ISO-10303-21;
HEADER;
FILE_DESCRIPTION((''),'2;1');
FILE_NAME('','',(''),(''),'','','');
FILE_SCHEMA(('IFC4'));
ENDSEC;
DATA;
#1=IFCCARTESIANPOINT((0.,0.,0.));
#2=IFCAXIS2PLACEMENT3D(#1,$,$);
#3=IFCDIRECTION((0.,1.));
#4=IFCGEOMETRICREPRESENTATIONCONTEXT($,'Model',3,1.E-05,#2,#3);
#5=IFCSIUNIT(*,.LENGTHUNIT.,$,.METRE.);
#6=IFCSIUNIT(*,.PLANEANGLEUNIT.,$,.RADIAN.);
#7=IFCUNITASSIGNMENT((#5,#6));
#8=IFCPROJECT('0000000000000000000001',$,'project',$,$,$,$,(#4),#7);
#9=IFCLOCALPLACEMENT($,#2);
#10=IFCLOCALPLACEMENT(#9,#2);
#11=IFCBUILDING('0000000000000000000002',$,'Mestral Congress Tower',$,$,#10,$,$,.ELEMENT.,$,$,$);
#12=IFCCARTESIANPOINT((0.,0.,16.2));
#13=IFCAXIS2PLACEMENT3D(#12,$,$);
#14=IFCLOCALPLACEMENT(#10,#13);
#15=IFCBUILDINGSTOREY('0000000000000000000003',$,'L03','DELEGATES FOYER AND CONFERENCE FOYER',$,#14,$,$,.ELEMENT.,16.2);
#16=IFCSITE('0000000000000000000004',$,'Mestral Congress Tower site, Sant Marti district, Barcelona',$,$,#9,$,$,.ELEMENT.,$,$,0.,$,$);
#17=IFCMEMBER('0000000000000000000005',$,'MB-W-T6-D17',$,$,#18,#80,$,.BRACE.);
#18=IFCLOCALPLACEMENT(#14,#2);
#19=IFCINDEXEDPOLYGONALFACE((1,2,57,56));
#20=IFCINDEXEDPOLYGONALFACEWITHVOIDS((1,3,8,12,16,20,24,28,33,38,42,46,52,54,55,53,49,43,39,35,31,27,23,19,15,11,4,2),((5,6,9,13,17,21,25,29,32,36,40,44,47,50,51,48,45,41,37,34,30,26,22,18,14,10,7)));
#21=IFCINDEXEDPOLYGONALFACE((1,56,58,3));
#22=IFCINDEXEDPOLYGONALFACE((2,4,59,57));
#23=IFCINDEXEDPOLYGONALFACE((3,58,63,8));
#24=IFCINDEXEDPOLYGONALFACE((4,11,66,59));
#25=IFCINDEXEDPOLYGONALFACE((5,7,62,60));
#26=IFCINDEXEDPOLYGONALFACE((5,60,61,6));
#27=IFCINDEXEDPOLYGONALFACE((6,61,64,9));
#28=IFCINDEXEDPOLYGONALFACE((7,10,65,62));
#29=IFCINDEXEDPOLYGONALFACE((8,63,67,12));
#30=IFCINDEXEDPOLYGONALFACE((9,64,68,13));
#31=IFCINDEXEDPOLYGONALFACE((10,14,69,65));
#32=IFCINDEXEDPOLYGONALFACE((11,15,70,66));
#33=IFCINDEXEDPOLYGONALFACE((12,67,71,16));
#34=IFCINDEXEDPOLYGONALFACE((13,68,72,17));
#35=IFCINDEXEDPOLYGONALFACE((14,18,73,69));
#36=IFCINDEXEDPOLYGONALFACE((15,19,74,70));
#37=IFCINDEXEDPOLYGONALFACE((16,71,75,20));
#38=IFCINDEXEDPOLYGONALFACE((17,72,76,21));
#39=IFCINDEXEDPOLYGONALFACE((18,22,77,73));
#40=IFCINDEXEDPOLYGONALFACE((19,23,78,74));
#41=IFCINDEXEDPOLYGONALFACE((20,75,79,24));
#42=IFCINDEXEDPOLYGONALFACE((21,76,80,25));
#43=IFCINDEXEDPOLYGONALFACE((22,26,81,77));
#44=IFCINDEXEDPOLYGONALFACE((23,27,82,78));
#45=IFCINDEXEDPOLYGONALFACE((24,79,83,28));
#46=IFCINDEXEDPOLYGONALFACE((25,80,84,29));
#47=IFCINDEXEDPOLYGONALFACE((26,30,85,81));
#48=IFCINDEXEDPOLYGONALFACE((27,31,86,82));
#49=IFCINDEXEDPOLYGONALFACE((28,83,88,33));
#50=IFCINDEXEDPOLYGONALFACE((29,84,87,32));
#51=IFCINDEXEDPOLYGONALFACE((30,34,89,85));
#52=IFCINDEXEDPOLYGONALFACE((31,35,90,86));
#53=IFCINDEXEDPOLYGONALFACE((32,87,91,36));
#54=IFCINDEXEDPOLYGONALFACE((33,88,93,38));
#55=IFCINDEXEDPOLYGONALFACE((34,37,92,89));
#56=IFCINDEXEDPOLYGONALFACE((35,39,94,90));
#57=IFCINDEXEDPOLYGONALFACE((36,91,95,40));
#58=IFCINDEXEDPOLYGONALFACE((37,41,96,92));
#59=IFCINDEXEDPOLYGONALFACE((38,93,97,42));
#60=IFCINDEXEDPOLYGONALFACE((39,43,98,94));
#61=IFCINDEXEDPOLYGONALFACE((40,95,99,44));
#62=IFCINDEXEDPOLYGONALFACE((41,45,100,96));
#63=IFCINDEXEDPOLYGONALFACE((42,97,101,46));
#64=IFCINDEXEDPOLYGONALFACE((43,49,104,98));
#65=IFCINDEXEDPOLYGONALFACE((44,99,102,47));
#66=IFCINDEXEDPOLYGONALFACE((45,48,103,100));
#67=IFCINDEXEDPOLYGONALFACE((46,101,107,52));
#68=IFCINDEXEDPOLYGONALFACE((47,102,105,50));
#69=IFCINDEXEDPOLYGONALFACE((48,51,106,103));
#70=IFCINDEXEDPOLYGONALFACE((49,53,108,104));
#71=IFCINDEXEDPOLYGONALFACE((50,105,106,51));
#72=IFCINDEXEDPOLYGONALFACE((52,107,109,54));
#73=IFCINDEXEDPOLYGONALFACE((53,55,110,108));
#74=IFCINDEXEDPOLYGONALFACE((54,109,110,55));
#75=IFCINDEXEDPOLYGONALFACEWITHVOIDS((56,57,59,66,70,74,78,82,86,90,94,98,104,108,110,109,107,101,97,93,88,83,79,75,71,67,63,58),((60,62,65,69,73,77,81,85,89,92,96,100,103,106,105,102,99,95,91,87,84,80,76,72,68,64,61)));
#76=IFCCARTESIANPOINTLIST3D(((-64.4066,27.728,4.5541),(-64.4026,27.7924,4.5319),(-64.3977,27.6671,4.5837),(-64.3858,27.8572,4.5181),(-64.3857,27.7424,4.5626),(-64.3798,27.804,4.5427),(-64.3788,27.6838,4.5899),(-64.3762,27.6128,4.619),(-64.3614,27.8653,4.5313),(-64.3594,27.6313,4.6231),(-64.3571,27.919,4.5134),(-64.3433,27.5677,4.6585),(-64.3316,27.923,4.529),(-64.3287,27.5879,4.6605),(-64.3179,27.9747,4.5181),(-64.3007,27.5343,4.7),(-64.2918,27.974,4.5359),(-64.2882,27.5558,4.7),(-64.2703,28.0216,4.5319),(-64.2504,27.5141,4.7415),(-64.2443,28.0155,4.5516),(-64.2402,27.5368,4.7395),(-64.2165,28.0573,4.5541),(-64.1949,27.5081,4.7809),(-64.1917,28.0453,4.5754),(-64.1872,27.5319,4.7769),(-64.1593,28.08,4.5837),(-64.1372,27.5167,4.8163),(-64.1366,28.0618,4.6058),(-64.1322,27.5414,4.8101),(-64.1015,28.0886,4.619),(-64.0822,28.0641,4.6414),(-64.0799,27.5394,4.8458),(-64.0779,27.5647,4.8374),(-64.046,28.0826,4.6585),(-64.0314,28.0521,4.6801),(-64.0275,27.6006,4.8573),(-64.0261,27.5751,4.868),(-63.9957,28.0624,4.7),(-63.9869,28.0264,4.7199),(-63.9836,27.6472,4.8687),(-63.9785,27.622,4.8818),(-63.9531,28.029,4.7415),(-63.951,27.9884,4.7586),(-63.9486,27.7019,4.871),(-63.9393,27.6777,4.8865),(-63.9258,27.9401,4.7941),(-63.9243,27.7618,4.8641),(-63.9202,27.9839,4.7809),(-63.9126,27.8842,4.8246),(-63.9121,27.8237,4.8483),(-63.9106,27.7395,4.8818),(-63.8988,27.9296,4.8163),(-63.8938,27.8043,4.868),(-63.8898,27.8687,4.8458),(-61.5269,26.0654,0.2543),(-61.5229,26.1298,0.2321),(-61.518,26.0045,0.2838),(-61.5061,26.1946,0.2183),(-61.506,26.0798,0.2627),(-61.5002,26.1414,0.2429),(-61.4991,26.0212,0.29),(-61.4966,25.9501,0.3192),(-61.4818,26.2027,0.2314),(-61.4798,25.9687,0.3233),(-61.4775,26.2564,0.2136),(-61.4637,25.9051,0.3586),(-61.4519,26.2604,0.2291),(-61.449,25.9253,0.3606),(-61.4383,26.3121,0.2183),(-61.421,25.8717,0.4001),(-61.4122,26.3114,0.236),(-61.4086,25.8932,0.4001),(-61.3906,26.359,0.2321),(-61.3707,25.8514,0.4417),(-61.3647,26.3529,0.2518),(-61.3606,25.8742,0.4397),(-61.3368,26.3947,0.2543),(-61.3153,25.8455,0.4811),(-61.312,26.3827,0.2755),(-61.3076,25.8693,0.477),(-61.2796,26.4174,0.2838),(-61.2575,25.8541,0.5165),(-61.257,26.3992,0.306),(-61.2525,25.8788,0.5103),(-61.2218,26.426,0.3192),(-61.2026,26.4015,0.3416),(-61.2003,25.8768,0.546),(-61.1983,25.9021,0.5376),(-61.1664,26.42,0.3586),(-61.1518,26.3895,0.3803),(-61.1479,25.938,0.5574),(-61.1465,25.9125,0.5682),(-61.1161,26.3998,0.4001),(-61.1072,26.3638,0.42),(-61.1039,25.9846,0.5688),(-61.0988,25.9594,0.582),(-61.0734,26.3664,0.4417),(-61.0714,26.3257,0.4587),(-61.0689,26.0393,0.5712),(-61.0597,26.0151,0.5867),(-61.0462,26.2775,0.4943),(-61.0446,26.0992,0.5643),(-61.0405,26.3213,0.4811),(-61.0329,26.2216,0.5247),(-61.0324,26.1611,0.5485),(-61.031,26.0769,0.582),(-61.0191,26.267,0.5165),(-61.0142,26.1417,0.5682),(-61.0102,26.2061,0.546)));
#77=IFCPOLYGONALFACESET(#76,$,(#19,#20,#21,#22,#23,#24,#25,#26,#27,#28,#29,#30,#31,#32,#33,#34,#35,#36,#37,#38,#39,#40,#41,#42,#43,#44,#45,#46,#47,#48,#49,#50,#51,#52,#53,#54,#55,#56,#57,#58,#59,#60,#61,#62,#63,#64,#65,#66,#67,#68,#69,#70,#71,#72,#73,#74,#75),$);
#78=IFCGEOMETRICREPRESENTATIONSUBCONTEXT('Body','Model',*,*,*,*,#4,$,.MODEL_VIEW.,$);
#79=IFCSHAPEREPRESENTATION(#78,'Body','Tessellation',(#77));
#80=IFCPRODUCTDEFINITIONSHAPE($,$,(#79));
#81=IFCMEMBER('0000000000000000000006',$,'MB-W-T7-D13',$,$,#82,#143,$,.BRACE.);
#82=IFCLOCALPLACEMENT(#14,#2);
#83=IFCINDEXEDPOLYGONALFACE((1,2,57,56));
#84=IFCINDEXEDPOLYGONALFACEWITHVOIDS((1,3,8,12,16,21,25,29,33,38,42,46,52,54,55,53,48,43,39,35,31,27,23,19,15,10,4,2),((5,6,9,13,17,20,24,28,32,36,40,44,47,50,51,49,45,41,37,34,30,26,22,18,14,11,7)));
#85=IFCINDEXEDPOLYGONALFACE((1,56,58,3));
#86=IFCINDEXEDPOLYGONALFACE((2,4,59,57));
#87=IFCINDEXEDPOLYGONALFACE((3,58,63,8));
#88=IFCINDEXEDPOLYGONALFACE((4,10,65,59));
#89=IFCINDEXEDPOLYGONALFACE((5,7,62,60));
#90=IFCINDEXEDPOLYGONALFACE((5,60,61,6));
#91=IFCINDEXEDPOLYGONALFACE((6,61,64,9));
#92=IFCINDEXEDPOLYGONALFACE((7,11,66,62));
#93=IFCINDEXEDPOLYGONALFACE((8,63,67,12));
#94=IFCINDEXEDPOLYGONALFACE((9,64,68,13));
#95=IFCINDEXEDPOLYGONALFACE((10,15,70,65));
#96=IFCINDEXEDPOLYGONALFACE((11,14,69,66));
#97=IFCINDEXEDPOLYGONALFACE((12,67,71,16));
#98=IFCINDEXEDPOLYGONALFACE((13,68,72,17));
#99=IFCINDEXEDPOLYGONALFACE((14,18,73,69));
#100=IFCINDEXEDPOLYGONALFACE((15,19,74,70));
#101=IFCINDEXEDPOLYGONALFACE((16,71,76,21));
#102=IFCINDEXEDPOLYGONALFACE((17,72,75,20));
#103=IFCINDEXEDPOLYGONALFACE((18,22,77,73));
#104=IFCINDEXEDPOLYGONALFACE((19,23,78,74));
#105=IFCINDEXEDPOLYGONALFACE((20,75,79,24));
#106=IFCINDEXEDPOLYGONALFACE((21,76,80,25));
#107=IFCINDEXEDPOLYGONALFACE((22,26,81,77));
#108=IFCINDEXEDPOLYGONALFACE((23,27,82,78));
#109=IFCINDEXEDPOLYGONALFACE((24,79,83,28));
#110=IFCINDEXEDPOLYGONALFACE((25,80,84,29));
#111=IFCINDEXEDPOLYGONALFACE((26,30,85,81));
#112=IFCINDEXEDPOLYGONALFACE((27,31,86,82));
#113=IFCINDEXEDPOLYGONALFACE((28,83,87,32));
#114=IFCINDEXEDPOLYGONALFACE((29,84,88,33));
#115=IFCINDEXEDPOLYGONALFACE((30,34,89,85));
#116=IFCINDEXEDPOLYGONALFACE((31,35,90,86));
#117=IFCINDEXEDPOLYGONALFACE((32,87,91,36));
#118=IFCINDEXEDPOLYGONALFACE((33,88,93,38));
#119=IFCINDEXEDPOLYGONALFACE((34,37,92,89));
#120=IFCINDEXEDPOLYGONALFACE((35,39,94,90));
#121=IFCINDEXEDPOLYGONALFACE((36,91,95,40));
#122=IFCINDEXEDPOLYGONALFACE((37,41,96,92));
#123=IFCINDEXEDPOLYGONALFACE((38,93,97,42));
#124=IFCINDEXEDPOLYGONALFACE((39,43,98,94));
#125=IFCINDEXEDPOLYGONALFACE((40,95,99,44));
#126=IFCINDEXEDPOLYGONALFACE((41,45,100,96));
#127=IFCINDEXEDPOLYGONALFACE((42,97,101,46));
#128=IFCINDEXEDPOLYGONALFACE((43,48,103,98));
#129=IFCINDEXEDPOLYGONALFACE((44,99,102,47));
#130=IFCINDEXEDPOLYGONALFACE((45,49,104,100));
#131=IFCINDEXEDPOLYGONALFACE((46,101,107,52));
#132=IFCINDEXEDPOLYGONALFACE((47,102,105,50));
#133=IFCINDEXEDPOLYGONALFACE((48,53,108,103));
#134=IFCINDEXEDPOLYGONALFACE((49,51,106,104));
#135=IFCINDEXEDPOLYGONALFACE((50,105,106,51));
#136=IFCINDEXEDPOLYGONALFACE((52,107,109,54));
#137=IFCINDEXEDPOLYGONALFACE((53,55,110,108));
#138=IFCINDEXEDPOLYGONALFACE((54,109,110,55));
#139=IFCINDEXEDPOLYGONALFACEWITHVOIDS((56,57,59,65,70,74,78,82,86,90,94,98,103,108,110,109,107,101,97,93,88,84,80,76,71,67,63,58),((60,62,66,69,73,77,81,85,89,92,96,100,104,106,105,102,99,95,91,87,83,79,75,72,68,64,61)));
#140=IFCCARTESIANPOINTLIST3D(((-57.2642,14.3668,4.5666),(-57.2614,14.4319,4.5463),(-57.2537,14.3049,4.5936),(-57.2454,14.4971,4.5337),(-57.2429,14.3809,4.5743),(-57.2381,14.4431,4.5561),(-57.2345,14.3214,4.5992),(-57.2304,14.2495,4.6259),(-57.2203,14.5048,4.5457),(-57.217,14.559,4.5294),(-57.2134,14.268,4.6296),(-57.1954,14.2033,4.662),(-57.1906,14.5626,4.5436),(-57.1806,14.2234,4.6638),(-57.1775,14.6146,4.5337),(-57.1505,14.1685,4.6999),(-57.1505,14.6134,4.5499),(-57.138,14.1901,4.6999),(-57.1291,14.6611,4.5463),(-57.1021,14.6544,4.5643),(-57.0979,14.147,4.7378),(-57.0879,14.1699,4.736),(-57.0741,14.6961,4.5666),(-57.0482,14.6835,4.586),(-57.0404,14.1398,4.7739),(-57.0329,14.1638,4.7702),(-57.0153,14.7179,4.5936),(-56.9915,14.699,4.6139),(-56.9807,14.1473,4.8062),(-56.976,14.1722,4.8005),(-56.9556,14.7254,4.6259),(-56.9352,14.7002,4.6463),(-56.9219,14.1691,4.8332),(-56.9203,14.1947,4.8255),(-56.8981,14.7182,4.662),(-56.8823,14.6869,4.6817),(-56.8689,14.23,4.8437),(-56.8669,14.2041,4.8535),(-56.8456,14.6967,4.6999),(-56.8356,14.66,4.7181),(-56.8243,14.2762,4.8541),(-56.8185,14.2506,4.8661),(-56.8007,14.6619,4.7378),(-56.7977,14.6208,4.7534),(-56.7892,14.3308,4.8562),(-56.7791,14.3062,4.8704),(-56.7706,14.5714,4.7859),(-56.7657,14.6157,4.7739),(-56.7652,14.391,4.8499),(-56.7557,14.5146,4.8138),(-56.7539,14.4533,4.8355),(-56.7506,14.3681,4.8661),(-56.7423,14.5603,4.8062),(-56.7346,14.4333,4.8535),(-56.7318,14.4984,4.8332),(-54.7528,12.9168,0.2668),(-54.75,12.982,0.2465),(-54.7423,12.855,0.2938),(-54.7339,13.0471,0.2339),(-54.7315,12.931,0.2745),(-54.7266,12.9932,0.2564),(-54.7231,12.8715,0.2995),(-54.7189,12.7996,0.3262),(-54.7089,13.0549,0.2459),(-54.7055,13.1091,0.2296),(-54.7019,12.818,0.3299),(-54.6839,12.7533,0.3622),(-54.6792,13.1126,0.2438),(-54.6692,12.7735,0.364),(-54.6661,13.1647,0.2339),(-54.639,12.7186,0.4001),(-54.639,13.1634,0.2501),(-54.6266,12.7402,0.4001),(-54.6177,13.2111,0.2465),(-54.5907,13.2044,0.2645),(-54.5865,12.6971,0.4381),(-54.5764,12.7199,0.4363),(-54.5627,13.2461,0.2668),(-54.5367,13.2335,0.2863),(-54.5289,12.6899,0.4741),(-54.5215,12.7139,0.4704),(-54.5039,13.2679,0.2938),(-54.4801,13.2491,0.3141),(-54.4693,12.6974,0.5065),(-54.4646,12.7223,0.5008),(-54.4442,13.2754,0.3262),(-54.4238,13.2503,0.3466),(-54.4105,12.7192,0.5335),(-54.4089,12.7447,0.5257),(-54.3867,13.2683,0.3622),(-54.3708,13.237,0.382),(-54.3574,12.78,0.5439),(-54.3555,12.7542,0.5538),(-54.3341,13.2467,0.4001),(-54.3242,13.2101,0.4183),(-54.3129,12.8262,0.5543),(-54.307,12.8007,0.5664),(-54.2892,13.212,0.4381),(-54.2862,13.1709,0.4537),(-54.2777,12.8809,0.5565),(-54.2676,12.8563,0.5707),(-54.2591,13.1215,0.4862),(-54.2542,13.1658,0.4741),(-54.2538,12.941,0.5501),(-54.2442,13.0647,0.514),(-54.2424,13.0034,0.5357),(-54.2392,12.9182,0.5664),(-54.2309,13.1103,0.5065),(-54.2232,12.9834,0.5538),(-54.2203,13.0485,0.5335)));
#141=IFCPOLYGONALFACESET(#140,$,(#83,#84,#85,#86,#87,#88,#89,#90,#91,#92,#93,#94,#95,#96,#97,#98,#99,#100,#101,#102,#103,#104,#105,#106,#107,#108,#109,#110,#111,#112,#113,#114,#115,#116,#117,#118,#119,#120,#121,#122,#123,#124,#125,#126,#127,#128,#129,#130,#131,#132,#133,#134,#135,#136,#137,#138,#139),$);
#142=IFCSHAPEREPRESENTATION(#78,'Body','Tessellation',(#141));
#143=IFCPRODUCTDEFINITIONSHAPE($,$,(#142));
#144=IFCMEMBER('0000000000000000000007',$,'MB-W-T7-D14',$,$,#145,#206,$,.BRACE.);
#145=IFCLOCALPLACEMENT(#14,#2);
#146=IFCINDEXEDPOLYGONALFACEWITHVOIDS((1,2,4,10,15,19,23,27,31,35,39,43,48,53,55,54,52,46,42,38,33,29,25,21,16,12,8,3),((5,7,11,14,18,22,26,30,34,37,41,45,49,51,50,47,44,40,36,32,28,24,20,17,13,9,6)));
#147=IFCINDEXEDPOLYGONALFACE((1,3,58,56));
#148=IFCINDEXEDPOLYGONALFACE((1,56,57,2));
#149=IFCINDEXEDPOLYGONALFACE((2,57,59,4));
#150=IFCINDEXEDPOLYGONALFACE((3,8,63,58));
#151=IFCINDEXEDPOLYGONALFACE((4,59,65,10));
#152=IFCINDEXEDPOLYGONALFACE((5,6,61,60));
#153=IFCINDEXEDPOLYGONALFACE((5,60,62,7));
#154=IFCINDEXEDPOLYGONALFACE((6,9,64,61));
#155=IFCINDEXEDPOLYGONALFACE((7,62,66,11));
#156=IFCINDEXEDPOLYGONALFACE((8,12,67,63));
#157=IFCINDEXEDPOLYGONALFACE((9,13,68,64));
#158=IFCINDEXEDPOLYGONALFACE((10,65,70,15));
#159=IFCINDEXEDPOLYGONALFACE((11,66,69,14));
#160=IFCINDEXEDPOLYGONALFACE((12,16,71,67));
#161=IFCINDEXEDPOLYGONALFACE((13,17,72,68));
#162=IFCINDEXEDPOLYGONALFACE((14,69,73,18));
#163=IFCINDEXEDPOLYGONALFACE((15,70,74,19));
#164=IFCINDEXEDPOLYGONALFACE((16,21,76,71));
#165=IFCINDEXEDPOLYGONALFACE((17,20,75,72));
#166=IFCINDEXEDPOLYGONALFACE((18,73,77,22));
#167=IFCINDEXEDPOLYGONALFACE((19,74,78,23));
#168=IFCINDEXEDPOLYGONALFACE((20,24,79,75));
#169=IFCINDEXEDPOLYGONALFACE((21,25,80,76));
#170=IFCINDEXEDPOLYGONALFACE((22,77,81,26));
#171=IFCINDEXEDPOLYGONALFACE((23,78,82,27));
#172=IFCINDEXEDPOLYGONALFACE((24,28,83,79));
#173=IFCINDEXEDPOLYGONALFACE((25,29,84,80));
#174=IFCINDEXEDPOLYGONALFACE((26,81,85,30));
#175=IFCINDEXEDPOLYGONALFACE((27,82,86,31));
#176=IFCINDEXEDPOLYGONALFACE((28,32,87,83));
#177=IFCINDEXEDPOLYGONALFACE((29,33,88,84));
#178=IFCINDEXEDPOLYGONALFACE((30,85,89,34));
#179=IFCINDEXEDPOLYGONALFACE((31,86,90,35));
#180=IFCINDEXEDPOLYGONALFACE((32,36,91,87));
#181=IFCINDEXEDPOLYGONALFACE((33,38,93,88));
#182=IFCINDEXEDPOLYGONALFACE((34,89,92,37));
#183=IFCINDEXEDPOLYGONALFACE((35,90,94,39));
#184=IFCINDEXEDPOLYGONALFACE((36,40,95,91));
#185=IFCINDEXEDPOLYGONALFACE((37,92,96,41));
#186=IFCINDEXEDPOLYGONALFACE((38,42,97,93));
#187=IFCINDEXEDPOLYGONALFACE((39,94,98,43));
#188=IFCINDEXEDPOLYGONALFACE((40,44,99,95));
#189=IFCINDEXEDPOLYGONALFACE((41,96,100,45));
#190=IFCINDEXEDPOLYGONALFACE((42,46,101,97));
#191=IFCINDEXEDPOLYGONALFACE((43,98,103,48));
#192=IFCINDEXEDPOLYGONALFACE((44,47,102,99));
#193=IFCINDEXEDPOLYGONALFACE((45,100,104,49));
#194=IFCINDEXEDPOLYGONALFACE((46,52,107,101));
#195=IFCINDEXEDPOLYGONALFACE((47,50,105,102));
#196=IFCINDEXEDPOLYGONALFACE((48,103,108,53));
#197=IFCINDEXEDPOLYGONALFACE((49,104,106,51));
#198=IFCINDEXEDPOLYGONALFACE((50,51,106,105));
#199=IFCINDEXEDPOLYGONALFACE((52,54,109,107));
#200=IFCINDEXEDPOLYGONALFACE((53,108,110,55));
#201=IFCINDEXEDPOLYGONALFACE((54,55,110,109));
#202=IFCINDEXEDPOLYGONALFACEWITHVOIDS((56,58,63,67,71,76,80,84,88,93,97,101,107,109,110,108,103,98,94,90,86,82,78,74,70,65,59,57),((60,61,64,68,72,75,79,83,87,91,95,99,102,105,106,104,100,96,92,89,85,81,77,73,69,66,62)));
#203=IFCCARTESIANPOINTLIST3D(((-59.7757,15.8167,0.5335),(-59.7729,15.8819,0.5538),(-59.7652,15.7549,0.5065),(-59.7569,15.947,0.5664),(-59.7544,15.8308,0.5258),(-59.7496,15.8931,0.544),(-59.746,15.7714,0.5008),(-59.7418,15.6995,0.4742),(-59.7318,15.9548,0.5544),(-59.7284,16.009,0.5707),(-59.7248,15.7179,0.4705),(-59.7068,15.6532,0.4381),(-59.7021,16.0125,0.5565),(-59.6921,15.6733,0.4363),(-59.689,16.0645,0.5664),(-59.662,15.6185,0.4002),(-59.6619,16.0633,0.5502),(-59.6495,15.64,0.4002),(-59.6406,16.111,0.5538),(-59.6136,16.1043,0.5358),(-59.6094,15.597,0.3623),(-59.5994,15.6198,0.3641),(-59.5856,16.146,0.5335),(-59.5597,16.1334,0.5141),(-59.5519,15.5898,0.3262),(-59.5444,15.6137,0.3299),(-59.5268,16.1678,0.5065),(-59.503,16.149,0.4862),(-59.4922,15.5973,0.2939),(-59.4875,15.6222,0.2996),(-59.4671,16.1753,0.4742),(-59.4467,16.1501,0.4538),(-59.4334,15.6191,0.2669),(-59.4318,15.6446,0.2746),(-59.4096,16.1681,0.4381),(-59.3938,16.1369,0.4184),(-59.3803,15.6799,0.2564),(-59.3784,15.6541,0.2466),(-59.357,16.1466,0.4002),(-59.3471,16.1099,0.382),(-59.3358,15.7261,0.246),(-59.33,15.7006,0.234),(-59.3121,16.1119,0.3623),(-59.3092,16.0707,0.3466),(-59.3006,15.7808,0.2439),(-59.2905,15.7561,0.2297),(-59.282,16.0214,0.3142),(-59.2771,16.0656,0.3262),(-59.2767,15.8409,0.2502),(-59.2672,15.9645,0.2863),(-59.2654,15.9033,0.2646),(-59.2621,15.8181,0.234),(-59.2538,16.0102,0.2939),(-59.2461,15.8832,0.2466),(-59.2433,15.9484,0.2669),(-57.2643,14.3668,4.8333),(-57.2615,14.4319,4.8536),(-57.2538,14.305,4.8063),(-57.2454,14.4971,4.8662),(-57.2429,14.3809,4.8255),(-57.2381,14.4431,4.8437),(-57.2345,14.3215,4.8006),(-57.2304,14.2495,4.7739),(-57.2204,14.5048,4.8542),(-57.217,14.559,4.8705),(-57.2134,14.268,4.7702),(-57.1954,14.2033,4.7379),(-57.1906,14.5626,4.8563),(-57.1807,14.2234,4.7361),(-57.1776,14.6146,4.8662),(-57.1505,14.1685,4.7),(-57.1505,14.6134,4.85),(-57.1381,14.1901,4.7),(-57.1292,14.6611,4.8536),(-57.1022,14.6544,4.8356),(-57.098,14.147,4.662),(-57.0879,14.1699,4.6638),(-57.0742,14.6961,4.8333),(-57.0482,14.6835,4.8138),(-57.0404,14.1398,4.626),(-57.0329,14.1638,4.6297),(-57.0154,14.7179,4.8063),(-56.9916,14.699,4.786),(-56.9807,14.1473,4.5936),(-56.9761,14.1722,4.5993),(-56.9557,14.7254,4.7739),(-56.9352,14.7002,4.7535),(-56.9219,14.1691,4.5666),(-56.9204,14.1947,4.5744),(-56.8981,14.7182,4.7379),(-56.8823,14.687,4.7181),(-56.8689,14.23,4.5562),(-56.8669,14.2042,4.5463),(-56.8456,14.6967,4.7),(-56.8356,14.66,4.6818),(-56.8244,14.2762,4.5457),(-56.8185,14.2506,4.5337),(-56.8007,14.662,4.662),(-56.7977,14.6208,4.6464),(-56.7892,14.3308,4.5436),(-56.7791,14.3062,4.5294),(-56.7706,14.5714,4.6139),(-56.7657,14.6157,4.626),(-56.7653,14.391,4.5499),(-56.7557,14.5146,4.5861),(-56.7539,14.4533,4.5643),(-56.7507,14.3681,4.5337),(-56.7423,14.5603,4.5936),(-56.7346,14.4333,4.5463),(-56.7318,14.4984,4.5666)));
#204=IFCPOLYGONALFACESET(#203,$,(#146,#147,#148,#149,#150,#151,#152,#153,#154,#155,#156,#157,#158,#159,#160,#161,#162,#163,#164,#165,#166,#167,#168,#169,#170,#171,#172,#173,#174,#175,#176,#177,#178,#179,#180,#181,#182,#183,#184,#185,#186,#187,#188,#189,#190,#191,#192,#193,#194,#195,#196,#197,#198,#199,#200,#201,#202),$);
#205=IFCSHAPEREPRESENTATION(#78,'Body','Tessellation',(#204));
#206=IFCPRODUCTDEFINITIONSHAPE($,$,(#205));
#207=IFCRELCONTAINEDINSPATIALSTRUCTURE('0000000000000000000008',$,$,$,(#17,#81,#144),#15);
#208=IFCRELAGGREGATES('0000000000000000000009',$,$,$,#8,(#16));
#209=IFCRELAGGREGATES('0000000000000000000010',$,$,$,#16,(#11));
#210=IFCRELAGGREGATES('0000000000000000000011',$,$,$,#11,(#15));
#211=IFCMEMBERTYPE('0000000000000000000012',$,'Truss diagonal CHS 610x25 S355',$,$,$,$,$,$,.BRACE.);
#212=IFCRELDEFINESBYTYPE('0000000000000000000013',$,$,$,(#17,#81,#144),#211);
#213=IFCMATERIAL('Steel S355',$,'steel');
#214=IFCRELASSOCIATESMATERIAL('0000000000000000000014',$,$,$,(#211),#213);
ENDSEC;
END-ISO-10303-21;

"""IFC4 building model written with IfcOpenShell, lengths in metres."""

from ifc_helpers import new_model, si_unit, direction, frame, origin, origin_2d, place, context, subcontext, project, spatial, hollow_circle, extrude, material, material_profile, profile_set, type_object, element, save


model = new_model("IFC4")

# Units and contexts
model_context = context("Model", 3, precision=1e-05, world=origin(), true_north=direction((0.0, 1.0)))
body_context = subcontext(model_context, "Body", "Model", "MODEL_VIEW")
ifc_project = project(units=[si_unit("LENGTHUNIT", "METRE"), si_unit("PLANEANGLEUNIT", "RADIAN")], contexts=[model_context])

# Site, building, storey
site_placement = place(None, origin())
site = spatial("IfcSite", under=ifc_project, at=site_placement, Name="Mestral Congress Tower site, Sant Marti district, Barcelona", CompositionType="ELEMENT", RefElevation=0.0)
building_placement = place(site_placement, origin())
building = spatial("IfcBuilding", under=site, at=building_placement, Name="Mestral Congress Tower", CompositionType="ELEMENT")
storey_placement = place(building_placement, frame((0.0, 0.0, 16.2)))
storey = spatial("IfcBuildingStorey", under=building, at=storey_placement, Name="L03", Description="DELEGATES FOYER AND CONFERENCE FOYER", CompositionType="ELEMENT", Elevation=16.2)

# Members
ifc_material = material(Name="Steel S355", Category="steel")
ifc_material_profile_1 = material_profile(ifc_material, hollow_circle(Radius=0.3049, WallThickness=0.0249, at=origin_2d()), Name="CHS 610x25")
ifc_profile_set_1 = profile_set([ifc_material_profile_1], Name="Steel S355")
member_type_1 = type_object("IfcMemberType", Name="Truss diagonal CHS 610x25 S355", PredefinedType="BRACE", material=ifc_profile_set_1)
for number, where, z_axis, x_axis, name in (
    (1, (-61.2686, 26.1357, 0.4001), (-0.529782, 0.305877, 0.791057), (-0.500008, -0.866021, 0.0), "MB-W-T6-D17"),
):
    element("IfcMember", number, at=place(storey_placement, frame(where, z_axis=z_axis, x_axis=x_axis)), inside=storey, type_object=member_type_1, Name=name, PredefinedType="BRACE", context=body_context, shape_type="SweptSolid", body=[
        extrude(hollow_circle(Radius=0.3049, WallThickness=0.0249, at=origin_2d()), origin(), (0.0, 0.0, 1.0), 5.4355),
    ])
for number, where, z_axis, x_axis, name in (
    (2, (-54.4866, 12.9827, 0.4001), (-0.484247, 0.279571, 0.829062), (-0.499987, -0.866033, 0.0), "MB-W-T7-D13"),
    (3, (-56.998, 14.4326, 4.7), (-0.484247, 0.279571, -0.829062), (-0.499987, -0.866033, 0.0), "MB-W-T7-D14"),
):
    element("IfcMember", number, at=place(storey_placement, frame(where, z_axis=z_axis, x_axis=x_axis)), inside=storey, type_object=member_type_1, Name=name, PredefinedType="BRACE", context=body_context, shape_type="SweptSolid", body=[
        extrude(hollow_circle(Radius=0.3049, WallThickness=0.0249, at=origin_2d()), origin(), (0.0, 0.0, 1.0), 5.1863),
    ])

save(model, "model.ifc")
